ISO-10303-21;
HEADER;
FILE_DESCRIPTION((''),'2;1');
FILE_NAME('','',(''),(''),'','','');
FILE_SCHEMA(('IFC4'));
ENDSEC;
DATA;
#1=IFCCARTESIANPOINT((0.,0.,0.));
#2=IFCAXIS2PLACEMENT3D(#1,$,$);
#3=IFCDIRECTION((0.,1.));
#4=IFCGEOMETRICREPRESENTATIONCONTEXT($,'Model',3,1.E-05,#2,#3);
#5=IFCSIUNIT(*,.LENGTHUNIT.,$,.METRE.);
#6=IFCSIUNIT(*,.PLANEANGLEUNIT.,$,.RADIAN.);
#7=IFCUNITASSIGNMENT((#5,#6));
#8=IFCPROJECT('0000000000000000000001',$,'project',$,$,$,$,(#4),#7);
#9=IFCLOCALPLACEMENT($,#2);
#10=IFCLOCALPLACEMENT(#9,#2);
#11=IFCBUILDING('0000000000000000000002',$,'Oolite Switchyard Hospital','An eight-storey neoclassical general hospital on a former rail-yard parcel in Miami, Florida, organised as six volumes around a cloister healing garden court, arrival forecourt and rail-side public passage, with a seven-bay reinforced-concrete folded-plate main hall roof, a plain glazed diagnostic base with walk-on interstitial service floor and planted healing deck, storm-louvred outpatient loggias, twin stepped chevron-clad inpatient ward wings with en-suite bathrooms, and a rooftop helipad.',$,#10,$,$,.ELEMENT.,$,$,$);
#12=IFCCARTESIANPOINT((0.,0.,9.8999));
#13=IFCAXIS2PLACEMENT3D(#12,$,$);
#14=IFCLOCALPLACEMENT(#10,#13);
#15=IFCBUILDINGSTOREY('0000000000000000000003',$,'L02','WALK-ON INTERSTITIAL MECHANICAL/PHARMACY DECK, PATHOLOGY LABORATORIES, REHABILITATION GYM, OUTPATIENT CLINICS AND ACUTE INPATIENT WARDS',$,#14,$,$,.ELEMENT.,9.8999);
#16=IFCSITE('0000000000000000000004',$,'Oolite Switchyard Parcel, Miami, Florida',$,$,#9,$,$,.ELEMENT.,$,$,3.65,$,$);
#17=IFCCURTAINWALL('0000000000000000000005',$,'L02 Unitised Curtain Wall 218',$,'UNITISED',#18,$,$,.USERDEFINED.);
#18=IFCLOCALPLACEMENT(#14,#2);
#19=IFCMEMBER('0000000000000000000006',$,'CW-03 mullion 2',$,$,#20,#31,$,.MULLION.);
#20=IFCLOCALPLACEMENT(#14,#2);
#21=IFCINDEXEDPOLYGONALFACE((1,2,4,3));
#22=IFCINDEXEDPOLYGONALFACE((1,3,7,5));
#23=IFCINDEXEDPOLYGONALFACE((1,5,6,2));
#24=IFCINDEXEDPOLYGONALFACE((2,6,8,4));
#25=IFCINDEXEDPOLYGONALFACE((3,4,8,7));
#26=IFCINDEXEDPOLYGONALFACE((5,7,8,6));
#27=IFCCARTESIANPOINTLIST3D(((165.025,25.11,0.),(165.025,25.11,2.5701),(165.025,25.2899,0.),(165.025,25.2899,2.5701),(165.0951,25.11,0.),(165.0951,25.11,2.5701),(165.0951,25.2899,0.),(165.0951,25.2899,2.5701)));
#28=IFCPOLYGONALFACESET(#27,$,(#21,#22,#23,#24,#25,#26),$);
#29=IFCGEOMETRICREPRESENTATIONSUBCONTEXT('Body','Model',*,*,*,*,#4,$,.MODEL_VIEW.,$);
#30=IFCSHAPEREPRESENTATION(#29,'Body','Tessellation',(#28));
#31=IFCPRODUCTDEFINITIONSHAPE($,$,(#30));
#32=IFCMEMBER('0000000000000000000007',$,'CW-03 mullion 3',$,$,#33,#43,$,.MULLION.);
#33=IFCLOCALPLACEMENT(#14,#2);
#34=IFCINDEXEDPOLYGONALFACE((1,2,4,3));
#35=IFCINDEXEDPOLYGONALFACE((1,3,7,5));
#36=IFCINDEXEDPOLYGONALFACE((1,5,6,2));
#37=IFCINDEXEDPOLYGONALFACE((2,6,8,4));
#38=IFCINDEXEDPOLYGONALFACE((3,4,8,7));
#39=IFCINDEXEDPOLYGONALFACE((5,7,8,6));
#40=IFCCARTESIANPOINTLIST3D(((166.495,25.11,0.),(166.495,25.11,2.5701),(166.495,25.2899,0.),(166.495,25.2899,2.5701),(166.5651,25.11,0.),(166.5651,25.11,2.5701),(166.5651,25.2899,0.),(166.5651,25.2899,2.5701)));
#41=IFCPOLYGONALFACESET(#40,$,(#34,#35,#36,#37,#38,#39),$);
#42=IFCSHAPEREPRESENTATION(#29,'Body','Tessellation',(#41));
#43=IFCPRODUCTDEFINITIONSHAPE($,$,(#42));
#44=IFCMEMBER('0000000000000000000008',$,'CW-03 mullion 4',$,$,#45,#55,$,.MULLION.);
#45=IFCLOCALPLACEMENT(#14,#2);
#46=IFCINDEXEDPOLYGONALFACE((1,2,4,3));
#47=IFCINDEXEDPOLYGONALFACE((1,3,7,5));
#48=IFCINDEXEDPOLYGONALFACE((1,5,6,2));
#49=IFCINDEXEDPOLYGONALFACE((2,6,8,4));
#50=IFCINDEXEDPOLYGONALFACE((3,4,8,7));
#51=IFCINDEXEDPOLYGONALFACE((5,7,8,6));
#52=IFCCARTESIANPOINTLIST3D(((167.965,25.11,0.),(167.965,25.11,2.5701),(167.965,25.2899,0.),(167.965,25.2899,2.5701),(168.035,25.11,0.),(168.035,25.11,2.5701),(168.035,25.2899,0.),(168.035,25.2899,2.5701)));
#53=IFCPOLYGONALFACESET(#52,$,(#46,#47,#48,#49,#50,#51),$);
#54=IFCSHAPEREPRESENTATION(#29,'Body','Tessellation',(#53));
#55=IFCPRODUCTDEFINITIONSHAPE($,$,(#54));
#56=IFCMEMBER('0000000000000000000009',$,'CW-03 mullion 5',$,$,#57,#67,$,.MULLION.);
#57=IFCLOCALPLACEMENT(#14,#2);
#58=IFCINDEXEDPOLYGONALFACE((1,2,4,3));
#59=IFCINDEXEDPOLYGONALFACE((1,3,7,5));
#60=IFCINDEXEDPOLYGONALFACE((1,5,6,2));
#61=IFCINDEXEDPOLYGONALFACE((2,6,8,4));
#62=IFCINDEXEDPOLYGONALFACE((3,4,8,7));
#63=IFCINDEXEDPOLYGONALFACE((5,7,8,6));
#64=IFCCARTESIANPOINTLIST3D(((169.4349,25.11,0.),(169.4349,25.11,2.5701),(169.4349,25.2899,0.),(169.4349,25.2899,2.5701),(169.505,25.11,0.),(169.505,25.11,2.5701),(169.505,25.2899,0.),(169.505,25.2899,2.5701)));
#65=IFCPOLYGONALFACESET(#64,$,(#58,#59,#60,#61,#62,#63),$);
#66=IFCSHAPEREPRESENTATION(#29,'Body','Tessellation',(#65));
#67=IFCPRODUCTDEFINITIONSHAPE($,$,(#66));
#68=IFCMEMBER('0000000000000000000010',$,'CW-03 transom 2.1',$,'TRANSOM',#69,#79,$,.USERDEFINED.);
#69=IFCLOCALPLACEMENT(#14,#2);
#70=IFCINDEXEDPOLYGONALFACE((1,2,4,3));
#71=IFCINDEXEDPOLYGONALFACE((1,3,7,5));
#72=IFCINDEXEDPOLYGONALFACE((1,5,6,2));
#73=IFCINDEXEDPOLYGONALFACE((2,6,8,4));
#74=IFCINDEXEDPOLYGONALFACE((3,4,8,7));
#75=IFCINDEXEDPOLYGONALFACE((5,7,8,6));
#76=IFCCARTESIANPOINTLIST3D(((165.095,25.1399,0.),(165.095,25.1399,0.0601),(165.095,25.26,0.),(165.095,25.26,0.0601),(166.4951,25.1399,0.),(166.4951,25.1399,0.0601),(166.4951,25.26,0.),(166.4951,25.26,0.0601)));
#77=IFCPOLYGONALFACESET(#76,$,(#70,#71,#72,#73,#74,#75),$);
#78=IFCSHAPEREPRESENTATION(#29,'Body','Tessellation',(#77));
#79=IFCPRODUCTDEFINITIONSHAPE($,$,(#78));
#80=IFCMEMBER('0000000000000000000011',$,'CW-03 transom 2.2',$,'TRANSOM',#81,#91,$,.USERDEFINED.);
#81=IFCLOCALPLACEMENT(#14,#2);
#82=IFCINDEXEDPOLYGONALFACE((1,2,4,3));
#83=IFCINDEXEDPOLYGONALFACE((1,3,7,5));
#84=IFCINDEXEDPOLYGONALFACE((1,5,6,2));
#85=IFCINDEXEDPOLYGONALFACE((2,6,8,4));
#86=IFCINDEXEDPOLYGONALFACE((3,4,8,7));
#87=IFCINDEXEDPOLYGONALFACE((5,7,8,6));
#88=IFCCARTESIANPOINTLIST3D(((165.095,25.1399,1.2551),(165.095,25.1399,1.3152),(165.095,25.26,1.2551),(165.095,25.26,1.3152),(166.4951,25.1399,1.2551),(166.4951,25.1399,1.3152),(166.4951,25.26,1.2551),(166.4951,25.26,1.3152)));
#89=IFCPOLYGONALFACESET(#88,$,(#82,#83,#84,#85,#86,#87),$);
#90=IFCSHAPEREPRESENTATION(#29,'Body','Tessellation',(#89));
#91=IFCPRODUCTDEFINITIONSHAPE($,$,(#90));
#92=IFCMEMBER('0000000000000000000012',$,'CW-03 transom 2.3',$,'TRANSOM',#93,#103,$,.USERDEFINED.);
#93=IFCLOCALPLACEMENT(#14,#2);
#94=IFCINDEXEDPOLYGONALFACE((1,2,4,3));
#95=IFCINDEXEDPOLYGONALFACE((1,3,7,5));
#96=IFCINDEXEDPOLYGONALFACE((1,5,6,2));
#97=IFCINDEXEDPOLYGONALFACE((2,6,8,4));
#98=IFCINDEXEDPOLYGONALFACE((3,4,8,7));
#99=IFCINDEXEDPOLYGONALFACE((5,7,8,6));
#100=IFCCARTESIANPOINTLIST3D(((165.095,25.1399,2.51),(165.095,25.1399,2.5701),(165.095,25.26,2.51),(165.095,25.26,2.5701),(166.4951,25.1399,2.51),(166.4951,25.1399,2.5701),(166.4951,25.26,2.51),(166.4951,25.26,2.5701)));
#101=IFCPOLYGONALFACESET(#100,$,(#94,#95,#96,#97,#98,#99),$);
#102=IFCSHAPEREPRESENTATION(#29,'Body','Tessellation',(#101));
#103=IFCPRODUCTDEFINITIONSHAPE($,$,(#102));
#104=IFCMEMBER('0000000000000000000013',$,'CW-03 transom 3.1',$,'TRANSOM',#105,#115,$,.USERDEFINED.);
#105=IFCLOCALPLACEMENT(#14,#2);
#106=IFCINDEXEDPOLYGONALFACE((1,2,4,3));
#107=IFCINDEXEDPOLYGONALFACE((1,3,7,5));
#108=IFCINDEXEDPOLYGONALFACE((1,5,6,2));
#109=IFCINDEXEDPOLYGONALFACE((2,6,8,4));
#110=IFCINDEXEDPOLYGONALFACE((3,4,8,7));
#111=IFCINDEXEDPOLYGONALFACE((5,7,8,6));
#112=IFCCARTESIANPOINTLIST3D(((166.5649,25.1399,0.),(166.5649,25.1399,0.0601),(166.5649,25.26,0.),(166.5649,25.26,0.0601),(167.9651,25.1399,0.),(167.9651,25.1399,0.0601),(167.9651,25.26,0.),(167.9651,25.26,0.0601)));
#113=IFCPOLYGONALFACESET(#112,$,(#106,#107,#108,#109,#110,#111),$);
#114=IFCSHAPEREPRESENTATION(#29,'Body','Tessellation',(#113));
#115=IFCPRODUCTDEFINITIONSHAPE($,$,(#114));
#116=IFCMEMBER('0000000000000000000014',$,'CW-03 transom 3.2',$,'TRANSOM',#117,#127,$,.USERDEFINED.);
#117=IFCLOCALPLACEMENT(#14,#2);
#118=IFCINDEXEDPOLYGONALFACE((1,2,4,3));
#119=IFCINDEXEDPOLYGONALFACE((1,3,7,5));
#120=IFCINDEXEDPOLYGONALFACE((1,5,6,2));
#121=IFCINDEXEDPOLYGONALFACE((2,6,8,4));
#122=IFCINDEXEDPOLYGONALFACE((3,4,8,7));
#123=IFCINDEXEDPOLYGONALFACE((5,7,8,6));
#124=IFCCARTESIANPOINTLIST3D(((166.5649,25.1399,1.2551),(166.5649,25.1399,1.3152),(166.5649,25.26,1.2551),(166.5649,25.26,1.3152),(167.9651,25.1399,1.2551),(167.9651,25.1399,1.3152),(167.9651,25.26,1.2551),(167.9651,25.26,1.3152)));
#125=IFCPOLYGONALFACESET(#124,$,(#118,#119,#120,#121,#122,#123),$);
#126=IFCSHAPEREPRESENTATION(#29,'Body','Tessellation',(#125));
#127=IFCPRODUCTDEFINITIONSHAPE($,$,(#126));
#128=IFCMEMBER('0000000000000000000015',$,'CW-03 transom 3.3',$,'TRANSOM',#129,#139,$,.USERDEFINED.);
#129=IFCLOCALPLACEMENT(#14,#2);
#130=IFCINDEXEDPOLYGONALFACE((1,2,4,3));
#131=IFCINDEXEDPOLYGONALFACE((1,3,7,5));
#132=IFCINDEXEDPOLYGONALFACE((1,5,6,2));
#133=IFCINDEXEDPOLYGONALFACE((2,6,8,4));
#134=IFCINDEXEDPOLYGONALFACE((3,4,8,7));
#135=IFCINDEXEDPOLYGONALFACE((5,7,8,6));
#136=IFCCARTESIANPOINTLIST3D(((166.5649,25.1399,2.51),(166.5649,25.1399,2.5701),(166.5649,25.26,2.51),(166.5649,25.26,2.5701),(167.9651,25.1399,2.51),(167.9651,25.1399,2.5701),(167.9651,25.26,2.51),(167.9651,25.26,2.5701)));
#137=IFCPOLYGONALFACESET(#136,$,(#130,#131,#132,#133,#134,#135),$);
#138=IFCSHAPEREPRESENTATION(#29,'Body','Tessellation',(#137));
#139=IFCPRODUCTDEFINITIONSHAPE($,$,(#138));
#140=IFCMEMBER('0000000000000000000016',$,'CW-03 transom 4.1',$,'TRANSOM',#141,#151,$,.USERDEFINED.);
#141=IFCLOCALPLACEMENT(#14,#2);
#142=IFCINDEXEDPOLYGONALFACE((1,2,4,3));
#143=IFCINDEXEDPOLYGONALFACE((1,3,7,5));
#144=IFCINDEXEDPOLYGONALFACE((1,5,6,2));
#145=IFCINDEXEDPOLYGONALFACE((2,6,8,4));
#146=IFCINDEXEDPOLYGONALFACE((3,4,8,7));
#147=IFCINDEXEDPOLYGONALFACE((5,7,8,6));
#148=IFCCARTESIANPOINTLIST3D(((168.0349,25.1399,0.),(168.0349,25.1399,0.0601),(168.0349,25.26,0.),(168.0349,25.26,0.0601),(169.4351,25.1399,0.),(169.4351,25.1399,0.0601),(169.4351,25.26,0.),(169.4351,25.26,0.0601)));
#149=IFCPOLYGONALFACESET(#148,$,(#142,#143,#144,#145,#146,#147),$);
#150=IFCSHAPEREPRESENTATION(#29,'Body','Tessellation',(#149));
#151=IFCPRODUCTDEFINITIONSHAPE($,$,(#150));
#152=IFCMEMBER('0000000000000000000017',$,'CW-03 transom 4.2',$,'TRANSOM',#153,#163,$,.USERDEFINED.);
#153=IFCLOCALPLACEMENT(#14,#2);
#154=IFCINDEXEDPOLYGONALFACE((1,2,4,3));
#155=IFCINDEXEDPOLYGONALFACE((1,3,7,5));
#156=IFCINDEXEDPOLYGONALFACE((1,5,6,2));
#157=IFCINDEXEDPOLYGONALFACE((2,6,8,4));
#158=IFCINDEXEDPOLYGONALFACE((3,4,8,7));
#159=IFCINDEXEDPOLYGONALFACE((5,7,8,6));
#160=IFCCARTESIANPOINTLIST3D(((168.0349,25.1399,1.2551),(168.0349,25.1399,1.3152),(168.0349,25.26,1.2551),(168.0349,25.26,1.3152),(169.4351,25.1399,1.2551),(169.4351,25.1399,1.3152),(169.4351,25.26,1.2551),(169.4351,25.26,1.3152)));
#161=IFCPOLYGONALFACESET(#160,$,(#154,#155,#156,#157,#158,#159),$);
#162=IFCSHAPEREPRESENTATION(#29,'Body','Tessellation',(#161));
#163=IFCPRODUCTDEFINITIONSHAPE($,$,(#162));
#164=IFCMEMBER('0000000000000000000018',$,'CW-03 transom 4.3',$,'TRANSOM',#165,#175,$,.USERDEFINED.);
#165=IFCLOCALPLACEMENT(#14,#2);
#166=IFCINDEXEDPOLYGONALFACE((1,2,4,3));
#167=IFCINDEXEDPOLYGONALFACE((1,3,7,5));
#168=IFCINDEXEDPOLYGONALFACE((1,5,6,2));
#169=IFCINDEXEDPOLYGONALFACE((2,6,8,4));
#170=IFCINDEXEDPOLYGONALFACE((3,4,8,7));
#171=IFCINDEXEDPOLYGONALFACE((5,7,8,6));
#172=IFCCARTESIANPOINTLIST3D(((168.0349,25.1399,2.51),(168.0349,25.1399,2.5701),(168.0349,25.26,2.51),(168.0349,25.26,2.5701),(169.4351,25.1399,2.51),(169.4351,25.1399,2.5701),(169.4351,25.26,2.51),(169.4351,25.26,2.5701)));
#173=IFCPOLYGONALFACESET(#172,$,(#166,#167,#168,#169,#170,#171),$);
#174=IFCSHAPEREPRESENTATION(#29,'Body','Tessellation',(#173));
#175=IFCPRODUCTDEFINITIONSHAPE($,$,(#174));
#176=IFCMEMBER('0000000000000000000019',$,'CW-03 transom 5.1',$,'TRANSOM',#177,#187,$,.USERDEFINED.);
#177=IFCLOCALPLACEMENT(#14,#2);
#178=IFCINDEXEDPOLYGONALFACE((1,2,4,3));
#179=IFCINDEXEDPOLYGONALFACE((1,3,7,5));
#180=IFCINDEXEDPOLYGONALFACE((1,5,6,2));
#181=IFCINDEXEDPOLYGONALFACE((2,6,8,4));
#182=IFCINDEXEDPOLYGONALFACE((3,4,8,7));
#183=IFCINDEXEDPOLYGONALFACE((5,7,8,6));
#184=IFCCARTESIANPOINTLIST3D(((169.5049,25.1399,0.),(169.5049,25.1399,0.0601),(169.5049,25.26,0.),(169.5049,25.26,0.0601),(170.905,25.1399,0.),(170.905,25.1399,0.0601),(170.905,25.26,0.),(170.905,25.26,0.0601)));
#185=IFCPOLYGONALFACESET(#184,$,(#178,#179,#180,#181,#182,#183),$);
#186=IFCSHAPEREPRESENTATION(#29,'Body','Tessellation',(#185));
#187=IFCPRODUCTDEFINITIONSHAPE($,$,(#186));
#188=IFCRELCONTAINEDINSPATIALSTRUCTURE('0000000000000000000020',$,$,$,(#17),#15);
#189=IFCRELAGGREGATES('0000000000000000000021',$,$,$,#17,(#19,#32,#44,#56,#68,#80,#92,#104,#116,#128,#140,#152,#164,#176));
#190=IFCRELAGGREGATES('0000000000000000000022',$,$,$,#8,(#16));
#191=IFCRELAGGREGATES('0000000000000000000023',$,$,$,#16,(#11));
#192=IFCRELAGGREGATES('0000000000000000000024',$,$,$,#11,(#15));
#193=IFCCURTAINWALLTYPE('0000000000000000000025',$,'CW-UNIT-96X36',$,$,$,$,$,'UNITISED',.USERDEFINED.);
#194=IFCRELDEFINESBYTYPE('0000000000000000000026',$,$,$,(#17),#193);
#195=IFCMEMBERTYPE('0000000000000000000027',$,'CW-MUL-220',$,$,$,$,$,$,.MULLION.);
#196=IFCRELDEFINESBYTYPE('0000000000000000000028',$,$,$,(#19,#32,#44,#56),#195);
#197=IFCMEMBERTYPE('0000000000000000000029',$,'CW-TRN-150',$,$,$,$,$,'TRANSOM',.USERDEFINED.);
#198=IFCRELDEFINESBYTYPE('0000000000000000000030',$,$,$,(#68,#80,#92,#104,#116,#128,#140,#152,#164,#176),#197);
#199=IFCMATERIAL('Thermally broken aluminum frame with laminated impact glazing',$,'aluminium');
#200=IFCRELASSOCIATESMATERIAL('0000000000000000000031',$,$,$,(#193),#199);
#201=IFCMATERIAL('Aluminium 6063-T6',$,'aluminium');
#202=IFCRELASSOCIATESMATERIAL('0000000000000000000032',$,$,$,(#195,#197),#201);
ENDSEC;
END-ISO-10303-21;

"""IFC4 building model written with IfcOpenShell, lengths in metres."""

from ifc_helpers import new_model, si_unit, direction, frame, origin, origin_2d, place, context, subcontext, project, spatial, rectangle, extrude, material, material_profile, profile_set, type_object, element, aggregate, save


model = new_model("IFC4")

# Units and contexts
model_context = context("Model", 3, precision=1e-05, world=origin(), true_north=direction((0.0, 1.0)))
body_context = subcontext(model_context, "Body", "Model", "MODEL_VIEW")
ifc_project = project(units=[si_unit("LENGTHUNIT", "METRE"), si_unit("PLANEANGLEUNIT", "RADIAN")], contexts=[model_context])

# Site, building, storey
site_placement = place(None, origin())
site = spatial("IfcSite", under=ifc_project, at=site_placement, Name="Oolite Switchyard Parcel, Miami, Florida", CompositionType="ELEMENT", RefElevation=3.65)
building_placement = place(site_placement, origin())
building = spatial("IfcBuilding", under=site, at=building_placement, Name="Oolite Switchyard Hospital", Description="An eight-storey neoclassical general hospital on a former rail-yard parcel in Miami, Florida, organised as six volumes around a cloister healing garden court, arrival forecourt and rail-side public passage, with a seven-bay reinforced-concrete folded-plate main hall roof, a plain glazed diagnostic base with walk-on interstitial service floor and planted healing deck, storm-louvred outpatient loggias, twin stepped chevron-clad inpatient ward wings with en-suite bathrooms, and a rooftop helipad.", CompositionType="ELEMENT")
storey_placement = place(building_placement, frame((0.0, 0.0, 9.8999)))
storey = spatial("IfcBuildingStorey", under=building, at=storey_placement, Name="L02", Description="WALK-ON INTERSTITIAL MECHANICAL/PHARMACY DECK, PATHOLOGY LABORATORIES, REHABILITATION GYM, OUTPATIENT CLINICS AND ACUTE INPATIENT WARDS", CompositionType="ELEMENT", Elevation=9.8999)

# Curtain wall, members
ifc_material_1 = material(Name="Thermally broken aluminum frame with laminated impact glazing", Category="aluminium")
curtain_wall_type = type_object("IfcCurtainWallType", Name="CW-UNIT-96X36", ElementType="UNITISED", PredefinedType="USERDEFINED", material=ifc_material_1)
curtain_wall_placement = place(storey_placement, origin())
curtain_wall = element("IfcCurtainWall", 1, at=curtain_wall_placement, inside=storey, type_object=curtain_wall_type, Name="L02 Unitised Curtain Wall 218", ObjectType="UNITISED", PredefinedType="USERDEFINED")
ifc_material_2 = material(Name="Aluminium 6063-T6", Category="aluminium")
ifc_material_profile_1 = material_profile(ifc_material_2, rectangle(XDim=0.1799, YDim=0.0701, at=origin_2d()), Name="CWM70X180")
ifc_profile_set_1 = profile_set([ifc_material_profile_1], Name="Aluminium 6063-T6")
member_type_1 = type_object("IfcMemberType", Name="CW-MUL-220", PredefinedType="MULLION", material=ifc_profile_set_1)
member_1_placement = place(storey_placement, frame((165.0601, 25.2, 0.0), z_axis=(0.0, 0.0, 1.0), x_axis=(0.0, 1.0, 0.0)))
member_1 = element("IfcMember", 2, at=member_1_placement, type_object=member_type_1, Name="CW-03 mullion 2", PredefinedType="MULLION", context=body_context, shape_type="SweptSolid", body=[
    extrude(rectangle(XDim=0.1799, YDim=0.0701, at=origin_2d()), origin(), (0.0, 0.0, 1.0), 2.5701),
])
member_2_placement = place(storey_placement, frame((166.53, 25.2, 0.0), z_axis=(0.0, 0.0, 1.0), x_axis=(0.0, 1.0, 0.0)))
member_2 = element("IfcMember", 3, at=member_2_placement, type_object=member_type_1, Name="CW-03 mullion 3", PredefinedType="MULLION", context=body_context, shape_type="SweptSolid", body=[
    extrude(rectangle(XDim=0.1799, YDim=0.0701, at=origin_2d()), origin(), (0.0, 0.0, 1.0), 2.5701),
])
member_3_placement = place(storey_placement, frame((168.0, 25.2, 0.0), z_axis=(0.0, 0.0, 1.0), x_axis=(0.0, 1.0, 0.0)))
member_3 = element("IfcMember", 4, at=member_3_placement, type_object=member_type_1, Name="CW-03 mullion 4", PredefinedType="MULLION", context=body_context, shape_type="SweptSolid", body=[
    extrude(rectangle(XDim=0.1799, YDim=0.0701, at=origin_2d()), origin(), (0.0, 0.0, 1.0), 2.5701),
])
member_4_placement = place(storey_placement, frame((169.47, 25.2, 0.0), z_axis=(0.0, 0.0, 1.0), x_axis=(0.0, 1.0, 0.0)))
member_4 = element("IfcMember", 5, at=member_4_placement, type_object=member_type_1, Name="CW-03 mullion 5", PredefinedType="MULLION", context=body_context, shape_type="SweptSolid", body=[
    extrude(rectangle(XDim=0.1799, YDim=0.0701, at=origin_2d()), origin(), (0.0, 0.0, 1.0), 2.5701),
])
ifc_material_profile_2 = material_profile(ifc_material_2, rectangle(XDim=0.1201, YDim=0.0601, at=origin_2d()), Name="CWT60X120")
ifc_profile_set_2 = profile_set([ifc_material_profile_2], Name="Aluminium 6063-T6")
member_type_2 = type_object("IfcMemberType", Name="CW-TRN-150", ElementType="TRANSOM", PredefinedType="USERDEFINED", material=ifc_profile_set_2)
member_5_placement = place(storey_placement, frame((165.095, 25.2, 0.03), z_axis=(1.0, 0.0, 0.0), x_axis=(0.0, 1.0, 0.0)))
member_5 = element("IfcMember", 6, at=member_5_placement, type_object=member_type_2, Name="CW-03 transom 2.1", ObjectType="TRANSOM", PredefinedType="USERDEFINED", context=body_context, shape_type="SweptSolid", body=[
    extrude(rectangle(XDim=0.1201, YDim=0.0601, at=origin_2d()), origin(), (0.0, 0.0, 1.0), 1.4001),
])
member_6_placement = place(storey_placement, frame((165.095, 25.2, 1.2852), z_axis=(1.0, 0.0, 0.0), x_axis=(0.0, 1.0, 0.0)))
member_6 = element("IfcMember", 7, at=member_6_placement, type_object=member_type_2, Name="CW-03 transom 2.2", ObjectType="TRANSOM", PredefinedType="USERDEFINED", context=body_context, shape_type="SweptSolid", body=[
    extrude(rectangle(XDim=0.1201, YDim=0.0601, at=origin_2d()), origin(), (0.0, 0.0, 1.0), 1.4001),
])
member_7_placement = place(storey_placement, frame((165.095, 25.2, 2.54), z_axis=(1.0, 0.0, 0.0), x_axis=(0.0, 1.0, 0.0)))
member_7 = element("IfcMember", 8, at=member_7_placement, type_object=member_type_2, Name="CW-03 transom 2.3", ObjectType="TRANSOM", PredefinedType="USERDEFINED", context=body_context, shape_type="SweptSolid", body=[
    extrude(rectangle(XDim=0.1201, YDim=0.0601, at=origin_2d()), origin(), (0.0, 0.0, 1.0), 1.4001),
])
member_8_placement = place(storey_placement, frame((166.5649, 25.2, 0.03), z_axis=(1.0, 0.0, 0.0), x_axis=(0.0, 1.0, 0.0)))
member_8 = element("IfcMember", 9, at=member_8_placement, type_object=member_type_2, Name="CW-03 transom 3.1", ObjectType="TRANSOM", PredefinedType="USERDEFINED", context=body_context, shape_type="SweptSolid", body=[
    extrude(rectangle(XDim=0.1201, YDim=0.0601, at=origin_2d()), origin(), (0.0, 0.0, 1.0), 1.4001),
])
member_9_placement = place(storey_placement, frame((166.5649, 25.2, 1.2852), z_axis=(1.0, 0.0, 0.0), x_axis=(0.0, 1.0, 0.0)))
member_9 = element("IfcMember", 10, at=member_9_placement, type_object=member_type_2, Name="CW-03 transom 3.2", ObjectType="TRANSOM", PredefinedType="USERDEFINED", context=body_context, shape_type="SweptSolid", body=[
    extrude(rectangle(XDim=0.1201, YDim=0.0601, at=origin_2d()), origin(), (0.0, 0.0, 1.0), 1.4001),
])
member_10_placement = place(storey_placement, frame((166.5649, 25.2, 2.54), z_axis=(1.0, 0.0, 0.0), x_axis=(0.0, 1.0, 0.0)))
member_10 = element("IfcMember", 11, at=member_10_placement, type_object=member_type_2, Name="CW-03 transom 3.3", ObjectType="TRANSOM", PredefinedType="USERDEFINED", context=body_context, shape_type="SweptSolid", body=[
    extrude(rectangle(XDim=0.1201, YDim=0.0601, at=origin_2d()), origin(), (0.0, 0.0, 1.0), 1.4001),
])
member_11_placement = place(storey_placement, frame((168.0349, 25.2, 0.03), z_axis=(1.0, 0.0, 0.0), x_axis=(0.0, 1.0, 0.0)))
member_11 = element("IfcMember", 12, at=member_11_placement, type_object=member_type_2, Name="CW-03 transom 4.1", ObjectType="TRANSOM", PredefinedType="USERDEFINED", context=body_context, shape_type="SweptSolid", body=[
    extrude(rectangle(XDim=0.1201, YDim=0.0601, at=origin_2d()), origin(), (0.0, 0.0, 1.0), 1.4001),
])
member_12_placement = place(storey_placement, frame((168.0349, 25.2, 1.2852), z_axis=(1.0, 0.0, 0.0), x_axis=(0.0, 1.0, 0.0)))
member_12 = element("IfcMember", 13, at=member_12_placement, type_object=member_type_2, Name="CW-03 transom 4.2", ObjectType="TRANSOM", PredefinedType="USERDEFINED", context=body_context, shape_type="SweptSolid", body=[
    extrude(rectangle(XDim=0.1201, YDim=0.0601, at=origin_2d()), origin(), (0.0, 0.0, 1.0), 1.4001),
])
member_13_placement = place(storey_placement, frame((168.0349, 25.2, 2.54), z_axis=(1.0, 0.0, 0.0), x_axis=(0.0, 1.0, 0.0)))
member_13 = element("IfcMember", 14, at=member_13_placement, type_object=member_type_2, Name="CW-03 transom 4.3", ObjectType="TRANSOM", PredefinedType="USERDEFINED", context=body_context, shape_type="SweptSolid", body=[
    extrude(rectangle(XDim=0.1201, YDim=0.0601, at=origin_2d()), origin(), (0.0, 0.0, 1.0), 1.4001),
])
member_14_placement = place(storey_placement, frame((169.5049, 25.2, 0.03), z_axis=(1.0, 0.0, 0.0), x_axis=(0.0, 1.0, 0.0)))
member_14 = element("IfcMember", 15, at=member_14_placement, type_object=member_type_2, Name="CW-03 transom 5.1", ObjectType="TRANSOM", PredefinedType="USERDEFINED", context=body_context, shape_type="SweptSolid", body=[
    extrude(rectangle(XDim=0.1201, YDim=0.0601, at=origin_2d()), origin(), (0.0, 0.0, 1.0), 1.4001),
])
aggregate(curtain_wall, [member_1, member_2, member_3, member_4, member_5, member_6, member_7, member_8, member_9, member_10, member_11, member_12, member_13, member_14])

save(model, "model.ifc")
